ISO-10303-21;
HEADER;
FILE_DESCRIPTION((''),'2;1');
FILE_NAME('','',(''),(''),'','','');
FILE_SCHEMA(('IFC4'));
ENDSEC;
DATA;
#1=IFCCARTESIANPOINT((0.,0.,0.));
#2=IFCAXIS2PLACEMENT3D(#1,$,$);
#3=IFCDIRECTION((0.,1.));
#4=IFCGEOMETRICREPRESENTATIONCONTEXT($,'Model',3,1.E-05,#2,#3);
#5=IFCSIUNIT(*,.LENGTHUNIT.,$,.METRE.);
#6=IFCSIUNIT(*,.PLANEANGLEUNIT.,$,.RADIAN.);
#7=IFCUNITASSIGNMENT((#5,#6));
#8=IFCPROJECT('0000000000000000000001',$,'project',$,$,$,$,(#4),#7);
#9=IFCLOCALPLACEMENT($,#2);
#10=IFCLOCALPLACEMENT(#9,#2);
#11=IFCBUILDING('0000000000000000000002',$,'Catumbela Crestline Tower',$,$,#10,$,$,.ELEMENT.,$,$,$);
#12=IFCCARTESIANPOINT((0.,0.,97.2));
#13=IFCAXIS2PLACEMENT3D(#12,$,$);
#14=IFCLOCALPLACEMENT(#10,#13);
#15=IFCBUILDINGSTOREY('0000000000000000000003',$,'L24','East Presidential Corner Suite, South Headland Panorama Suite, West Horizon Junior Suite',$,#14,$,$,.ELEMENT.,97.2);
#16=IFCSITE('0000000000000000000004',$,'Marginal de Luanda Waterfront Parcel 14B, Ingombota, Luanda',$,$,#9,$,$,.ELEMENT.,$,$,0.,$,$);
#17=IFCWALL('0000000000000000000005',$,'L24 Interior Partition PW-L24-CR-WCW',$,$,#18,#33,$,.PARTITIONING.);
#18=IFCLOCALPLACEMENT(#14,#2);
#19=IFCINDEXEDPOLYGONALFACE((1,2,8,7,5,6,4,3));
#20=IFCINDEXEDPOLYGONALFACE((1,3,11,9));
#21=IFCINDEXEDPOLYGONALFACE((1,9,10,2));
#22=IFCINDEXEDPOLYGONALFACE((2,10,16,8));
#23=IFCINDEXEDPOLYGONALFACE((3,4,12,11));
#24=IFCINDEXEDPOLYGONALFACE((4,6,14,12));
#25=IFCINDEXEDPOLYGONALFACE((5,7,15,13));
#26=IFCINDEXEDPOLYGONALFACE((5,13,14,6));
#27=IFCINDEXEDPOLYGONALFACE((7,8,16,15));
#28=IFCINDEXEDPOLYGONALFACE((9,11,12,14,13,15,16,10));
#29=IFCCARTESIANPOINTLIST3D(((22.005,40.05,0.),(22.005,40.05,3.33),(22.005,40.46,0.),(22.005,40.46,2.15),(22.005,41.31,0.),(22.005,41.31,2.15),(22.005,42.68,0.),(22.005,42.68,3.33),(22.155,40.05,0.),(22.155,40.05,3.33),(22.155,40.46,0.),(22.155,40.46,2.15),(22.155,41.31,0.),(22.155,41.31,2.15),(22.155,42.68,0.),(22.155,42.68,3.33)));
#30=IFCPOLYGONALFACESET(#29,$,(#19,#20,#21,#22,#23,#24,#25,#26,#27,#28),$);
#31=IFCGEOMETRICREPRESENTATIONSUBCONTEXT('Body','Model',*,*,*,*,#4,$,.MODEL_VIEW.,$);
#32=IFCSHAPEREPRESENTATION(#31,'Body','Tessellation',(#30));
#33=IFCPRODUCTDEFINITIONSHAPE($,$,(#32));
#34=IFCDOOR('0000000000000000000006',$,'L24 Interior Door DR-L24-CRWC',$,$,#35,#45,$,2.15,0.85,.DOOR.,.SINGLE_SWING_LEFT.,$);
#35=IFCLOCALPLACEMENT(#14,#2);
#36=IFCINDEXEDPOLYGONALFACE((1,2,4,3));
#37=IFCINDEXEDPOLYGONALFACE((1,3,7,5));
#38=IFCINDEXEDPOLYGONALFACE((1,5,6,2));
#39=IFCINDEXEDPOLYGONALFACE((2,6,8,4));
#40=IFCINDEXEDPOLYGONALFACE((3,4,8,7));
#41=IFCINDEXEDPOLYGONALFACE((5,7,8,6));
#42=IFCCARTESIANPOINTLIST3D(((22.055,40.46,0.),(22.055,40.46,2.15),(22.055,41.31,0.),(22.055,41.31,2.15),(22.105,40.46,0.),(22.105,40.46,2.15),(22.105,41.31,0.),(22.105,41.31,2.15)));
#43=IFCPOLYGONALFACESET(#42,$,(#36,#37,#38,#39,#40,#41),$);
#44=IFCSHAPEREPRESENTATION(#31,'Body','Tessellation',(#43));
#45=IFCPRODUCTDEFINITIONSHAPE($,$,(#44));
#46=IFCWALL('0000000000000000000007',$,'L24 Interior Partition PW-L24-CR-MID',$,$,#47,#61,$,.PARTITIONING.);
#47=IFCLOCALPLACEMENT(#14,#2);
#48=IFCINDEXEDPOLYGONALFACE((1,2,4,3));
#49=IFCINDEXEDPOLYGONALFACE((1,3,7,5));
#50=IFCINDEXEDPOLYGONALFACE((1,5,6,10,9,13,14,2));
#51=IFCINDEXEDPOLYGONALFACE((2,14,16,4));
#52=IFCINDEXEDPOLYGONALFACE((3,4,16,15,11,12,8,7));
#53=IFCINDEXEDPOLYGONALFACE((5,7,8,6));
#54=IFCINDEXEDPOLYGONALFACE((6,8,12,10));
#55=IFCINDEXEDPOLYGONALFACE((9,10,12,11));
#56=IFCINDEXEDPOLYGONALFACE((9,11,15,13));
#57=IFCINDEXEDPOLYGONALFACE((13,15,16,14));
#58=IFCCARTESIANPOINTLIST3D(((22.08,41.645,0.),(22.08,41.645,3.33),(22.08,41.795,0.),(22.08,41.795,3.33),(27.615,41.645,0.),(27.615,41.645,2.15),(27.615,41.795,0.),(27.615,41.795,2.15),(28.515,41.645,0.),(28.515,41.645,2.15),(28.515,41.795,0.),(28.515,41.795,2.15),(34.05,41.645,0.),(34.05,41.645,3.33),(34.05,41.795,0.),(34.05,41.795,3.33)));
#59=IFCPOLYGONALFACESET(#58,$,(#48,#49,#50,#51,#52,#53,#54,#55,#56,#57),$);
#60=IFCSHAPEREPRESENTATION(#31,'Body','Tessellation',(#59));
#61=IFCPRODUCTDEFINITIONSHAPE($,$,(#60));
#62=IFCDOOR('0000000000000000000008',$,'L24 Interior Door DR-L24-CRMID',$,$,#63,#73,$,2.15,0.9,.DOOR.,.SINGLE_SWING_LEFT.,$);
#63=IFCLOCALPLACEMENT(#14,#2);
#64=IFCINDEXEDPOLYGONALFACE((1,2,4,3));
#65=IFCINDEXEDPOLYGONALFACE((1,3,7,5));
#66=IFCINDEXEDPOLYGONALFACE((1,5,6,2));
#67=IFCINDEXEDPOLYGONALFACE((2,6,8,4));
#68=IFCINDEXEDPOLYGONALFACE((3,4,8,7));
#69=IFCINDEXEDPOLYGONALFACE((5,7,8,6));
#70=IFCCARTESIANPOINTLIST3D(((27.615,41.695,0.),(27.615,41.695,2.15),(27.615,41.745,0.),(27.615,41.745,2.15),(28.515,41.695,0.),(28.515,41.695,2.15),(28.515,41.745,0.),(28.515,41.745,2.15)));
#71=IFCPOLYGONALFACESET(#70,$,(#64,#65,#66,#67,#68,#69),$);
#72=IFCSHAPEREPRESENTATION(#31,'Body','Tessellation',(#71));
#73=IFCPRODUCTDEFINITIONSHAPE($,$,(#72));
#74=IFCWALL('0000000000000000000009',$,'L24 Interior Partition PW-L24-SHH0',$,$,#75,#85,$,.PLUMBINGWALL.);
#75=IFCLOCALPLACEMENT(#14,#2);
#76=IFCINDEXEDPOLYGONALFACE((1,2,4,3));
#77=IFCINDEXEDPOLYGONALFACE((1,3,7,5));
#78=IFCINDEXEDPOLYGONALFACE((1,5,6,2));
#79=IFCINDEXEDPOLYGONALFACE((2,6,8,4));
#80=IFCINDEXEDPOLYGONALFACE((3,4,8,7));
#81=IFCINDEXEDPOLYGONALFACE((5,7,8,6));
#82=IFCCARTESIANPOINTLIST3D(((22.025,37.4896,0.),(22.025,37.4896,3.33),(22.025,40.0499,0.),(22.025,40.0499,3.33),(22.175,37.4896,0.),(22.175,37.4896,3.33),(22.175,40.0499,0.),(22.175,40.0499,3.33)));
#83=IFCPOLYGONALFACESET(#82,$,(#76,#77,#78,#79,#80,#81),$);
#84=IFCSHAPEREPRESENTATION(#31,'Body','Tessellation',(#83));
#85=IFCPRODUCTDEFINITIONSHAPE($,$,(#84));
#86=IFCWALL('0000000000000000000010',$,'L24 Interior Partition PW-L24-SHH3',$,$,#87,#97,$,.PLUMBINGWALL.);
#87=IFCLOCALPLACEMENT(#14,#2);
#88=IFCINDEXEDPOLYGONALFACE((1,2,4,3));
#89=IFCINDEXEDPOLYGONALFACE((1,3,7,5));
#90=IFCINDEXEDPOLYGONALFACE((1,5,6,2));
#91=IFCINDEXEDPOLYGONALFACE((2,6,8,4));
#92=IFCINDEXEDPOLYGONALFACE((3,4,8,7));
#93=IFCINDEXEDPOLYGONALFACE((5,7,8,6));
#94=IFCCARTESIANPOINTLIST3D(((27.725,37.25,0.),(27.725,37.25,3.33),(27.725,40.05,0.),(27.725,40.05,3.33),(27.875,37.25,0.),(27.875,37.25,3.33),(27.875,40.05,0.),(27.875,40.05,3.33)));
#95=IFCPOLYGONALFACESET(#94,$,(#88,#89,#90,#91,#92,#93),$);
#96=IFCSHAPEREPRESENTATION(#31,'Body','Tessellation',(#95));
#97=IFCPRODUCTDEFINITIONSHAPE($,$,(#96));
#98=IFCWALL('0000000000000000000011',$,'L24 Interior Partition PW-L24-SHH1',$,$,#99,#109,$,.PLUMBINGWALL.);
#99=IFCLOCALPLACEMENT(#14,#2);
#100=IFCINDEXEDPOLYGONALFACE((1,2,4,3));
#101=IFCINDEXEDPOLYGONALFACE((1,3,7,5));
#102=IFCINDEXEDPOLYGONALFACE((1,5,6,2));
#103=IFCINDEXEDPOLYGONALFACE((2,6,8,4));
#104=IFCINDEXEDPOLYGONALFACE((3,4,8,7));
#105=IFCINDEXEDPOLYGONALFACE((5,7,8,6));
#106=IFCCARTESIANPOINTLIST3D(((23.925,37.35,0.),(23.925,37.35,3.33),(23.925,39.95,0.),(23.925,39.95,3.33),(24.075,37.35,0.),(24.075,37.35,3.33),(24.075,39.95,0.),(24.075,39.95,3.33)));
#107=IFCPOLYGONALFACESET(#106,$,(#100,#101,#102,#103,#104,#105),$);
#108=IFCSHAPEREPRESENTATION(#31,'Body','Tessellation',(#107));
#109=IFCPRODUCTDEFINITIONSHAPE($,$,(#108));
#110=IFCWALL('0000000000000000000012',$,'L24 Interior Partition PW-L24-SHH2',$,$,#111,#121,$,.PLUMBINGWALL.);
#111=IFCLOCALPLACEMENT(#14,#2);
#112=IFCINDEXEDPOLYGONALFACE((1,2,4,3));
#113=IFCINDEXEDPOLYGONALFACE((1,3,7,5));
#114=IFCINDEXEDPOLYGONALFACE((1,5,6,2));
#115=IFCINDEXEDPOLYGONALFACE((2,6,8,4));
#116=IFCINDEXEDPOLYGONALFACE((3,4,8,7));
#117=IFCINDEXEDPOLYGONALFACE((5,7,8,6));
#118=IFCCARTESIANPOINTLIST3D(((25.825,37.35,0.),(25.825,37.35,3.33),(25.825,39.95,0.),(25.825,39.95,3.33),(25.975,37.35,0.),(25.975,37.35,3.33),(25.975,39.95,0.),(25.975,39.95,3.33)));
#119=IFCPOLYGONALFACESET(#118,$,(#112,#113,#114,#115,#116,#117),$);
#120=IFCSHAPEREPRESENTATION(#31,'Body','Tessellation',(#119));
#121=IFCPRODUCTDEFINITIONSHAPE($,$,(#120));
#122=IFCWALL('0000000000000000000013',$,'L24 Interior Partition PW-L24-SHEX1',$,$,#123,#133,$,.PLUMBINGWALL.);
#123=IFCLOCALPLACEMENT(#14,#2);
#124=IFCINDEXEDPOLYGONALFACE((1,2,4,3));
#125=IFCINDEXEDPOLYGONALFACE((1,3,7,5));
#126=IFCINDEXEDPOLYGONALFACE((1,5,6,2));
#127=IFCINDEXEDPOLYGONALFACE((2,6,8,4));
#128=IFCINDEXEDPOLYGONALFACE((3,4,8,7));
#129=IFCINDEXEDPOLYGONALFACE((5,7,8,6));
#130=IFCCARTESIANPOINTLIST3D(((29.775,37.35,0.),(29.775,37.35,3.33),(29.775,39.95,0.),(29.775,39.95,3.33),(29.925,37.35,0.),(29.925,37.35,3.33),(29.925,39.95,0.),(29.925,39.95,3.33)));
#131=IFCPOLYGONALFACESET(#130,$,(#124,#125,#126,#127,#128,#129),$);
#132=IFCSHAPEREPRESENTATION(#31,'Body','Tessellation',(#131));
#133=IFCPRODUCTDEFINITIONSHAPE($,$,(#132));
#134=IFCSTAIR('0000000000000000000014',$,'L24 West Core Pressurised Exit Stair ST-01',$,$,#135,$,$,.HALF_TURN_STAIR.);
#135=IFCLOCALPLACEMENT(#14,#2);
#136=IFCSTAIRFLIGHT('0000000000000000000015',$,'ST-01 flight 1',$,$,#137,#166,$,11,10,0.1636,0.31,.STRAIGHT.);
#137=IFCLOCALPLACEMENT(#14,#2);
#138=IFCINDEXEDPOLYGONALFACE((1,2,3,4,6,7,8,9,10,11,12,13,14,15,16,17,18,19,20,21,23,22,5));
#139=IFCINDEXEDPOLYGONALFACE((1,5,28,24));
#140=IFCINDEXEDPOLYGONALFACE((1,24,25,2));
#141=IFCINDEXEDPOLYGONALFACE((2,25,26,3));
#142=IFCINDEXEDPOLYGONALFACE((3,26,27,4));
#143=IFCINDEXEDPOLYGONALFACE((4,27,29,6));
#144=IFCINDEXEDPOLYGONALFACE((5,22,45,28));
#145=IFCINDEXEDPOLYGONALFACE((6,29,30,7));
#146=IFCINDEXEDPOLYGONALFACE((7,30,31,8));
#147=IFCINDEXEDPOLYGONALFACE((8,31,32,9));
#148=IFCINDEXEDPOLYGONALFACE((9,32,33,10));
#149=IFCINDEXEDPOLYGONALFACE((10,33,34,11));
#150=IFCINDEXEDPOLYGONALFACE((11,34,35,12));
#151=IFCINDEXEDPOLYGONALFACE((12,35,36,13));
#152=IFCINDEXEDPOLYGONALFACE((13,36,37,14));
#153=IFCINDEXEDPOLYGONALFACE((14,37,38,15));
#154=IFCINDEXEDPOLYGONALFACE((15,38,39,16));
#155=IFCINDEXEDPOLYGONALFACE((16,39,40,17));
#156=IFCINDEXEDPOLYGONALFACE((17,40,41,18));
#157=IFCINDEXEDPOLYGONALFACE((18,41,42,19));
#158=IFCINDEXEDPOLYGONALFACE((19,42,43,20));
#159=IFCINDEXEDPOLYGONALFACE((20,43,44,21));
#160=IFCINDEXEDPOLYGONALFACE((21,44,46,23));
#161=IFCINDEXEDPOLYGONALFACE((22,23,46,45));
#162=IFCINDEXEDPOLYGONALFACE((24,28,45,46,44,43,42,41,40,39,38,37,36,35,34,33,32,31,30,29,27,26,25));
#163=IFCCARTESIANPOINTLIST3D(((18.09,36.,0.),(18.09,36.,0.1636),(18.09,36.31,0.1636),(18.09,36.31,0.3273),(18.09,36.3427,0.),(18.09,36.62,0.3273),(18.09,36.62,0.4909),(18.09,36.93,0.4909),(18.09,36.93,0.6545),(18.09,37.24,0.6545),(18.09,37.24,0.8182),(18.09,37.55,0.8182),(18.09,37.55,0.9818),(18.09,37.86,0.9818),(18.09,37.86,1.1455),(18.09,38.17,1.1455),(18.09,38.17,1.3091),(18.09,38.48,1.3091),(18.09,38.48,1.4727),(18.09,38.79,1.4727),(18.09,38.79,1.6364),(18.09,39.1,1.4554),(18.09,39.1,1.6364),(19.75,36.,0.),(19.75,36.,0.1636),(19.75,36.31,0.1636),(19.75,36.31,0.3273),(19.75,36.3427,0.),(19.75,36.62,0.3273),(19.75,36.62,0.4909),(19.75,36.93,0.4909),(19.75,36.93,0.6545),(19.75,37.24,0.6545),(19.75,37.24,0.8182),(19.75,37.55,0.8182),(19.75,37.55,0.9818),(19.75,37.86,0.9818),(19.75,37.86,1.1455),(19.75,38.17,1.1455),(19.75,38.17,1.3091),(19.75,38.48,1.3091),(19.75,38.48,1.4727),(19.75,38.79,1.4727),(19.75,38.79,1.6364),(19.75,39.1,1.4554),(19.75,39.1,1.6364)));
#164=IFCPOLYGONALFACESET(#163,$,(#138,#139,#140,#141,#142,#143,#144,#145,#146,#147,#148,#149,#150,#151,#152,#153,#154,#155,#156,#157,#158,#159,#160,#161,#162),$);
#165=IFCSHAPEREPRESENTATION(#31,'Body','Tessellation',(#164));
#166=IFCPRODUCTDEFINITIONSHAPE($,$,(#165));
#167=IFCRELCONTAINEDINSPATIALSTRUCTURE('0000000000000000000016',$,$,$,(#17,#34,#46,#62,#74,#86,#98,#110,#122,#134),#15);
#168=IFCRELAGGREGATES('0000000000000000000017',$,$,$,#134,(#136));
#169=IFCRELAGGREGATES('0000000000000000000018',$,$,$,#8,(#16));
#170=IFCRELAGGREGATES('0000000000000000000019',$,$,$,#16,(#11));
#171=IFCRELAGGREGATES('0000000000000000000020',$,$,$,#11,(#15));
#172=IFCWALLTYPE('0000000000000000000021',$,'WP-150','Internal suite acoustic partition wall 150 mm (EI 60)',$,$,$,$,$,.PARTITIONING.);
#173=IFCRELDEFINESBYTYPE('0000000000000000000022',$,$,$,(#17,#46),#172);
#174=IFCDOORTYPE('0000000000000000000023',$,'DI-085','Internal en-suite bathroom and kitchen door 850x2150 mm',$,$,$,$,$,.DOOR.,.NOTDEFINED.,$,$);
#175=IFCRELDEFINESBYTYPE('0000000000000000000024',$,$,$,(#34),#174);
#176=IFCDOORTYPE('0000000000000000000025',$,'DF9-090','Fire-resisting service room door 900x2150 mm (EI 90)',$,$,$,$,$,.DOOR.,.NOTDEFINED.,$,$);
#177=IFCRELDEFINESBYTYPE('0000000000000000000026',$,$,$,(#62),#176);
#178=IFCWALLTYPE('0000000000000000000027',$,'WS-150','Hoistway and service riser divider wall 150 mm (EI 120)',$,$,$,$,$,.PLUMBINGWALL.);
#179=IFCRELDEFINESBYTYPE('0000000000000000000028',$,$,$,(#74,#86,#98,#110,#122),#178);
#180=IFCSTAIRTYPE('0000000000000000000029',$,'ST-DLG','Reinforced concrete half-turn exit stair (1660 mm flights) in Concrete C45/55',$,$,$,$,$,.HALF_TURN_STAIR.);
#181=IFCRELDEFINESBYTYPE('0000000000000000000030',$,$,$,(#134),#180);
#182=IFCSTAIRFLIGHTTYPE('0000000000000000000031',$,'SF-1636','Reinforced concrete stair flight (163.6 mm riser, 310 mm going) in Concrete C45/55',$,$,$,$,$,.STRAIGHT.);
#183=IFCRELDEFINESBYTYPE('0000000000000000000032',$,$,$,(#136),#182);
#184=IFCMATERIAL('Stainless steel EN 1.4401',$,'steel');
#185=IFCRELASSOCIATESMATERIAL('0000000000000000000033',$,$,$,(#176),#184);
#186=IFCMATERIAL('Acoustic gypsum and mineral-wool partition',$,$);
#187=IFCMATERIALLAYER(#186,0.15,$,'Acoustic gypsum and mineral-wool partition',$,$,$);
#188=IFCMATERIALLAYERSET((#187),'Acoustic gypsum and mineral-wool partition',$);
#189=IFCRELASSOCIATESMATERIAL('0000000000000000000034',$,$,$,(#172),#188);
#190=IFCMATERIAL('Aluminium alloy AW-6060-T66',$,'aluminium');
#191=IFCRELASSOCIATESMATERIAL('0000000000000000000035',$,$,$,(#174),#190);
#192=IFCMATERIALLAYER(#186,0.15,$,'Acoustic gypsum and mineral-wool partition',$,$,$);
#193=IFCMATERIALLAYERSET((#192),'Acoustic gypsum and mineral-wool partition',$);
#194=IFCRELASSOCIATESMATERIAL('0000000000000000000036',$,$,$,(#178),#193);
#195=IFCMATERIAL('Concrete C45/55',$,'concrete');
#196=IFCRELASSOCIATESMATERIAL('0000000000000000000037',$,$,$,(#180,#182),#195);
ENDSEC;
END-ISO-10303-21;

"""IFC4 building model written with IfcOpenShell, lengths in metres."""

from ifc_helpers import new_model, si_unit, direction, frame, frame_2d, origin, place, context, subcontext, project, spatial, polyline, rectangle, outline, extrude, material, layer, layer_set, type_object, element, fill, aggregate, save


model = new_model("IFC4")

# Units and contexts
model_context = context("Model", 3, precision=1e-05, world=origin(), true_north=direction((0.0, 1.0)))
body_context = subcontext(model_context, "Body", "Model", "MODEL_VIEW")
ifc_project = project(units=[si_unit("LENGTHUNIT", "METRE"), si_unit("PLANEANGLEUNIT", "RADIAN")], contexts=[model_context])

# Site, building, storey
site_placement = place(None, origin())
site = spatial("IfcSite", under=ifc_project, at=site_placement, Name="Marginal de Luanda Waterfront Parcel 14B, Ingombota, Luanda", CompositionType="ELEMENT", RefElevation=0.0)
building_placement = place(site_placement, origin())
building = spatial("IfcBuilding", under=site, at=building_placement, Name="Catumbela Crestline Tower", CompositionType="ELEMENT")
storey_placement = place(building_placement, frame((0.0, 0.0, 97.2)))
storey = spatial("IfcBuildingStorey", under=building, at=storey_placement, Name="L24", Description="East Presidential Corner Suite, South Headland Panorama Suite, West Horizon Junior Suite", CompositionType="ELEMENT", Elevation=97.2)

# Shared definitions
ifc_material_1 = material(Name="Aluminium alloy AW-6060-T66", Category="aluminium")

# Shared definitions
ifc_material_2 = material(Name="Stainless steel EN 1.4401", Category="steel")

# Shared definitions
door_type_1 = type_object("IfcDoorType", Name="DF9-090", Description="Fire-resisting service room door 900x2150 mm (EI 90)", OperationType="NOTDEFINED", PredefinedType="DOOR", material=ifc_material_2)

# Walls, openings, doors
ifc_material_3 = material(Name="Acoustic gypsum and mineral-wool partition")
ifc_layer_1 = layer(ifc_material_3, 0.15, Name="Acoustic gypsum and mineral-wool partition")
ifc_layer_set_1 = layer_set([ifc_layer_1], Name="Acoustic gypsum and mineral-wool partition")
wall_type_1 = type_object("IfcWallType", Name="WP-150", Description="Internal suite acoustic partition wall 150 mm (EI 60)", PredefinedType="PARTITIONING", material=ifc_layer_set_1)
wall_1_placement = place(storey_placement, frame((22.08, 40.05, 0.0), z_axis=(0.0, 0.0, 1.0), x_axis=(0.0, 1.0, 0.0)))
wall_1 = element("IfcWall", 1, at=wall_1_placement, inside=storey, type_object=wall_type_1, Name="L24 Interior Partition PW-L24-CR-WCW", PredefinedType="PARTITIONING", context=body_context, shape_type="SweptSolid", body=[
    extrude(rectangle(XDim=2.63, YDim=0.15, at=frame_2d((1.315, 0.0))), origin(), (0.0, 0.0, 1.0), 3.33),
])
opening_1_placement = place(wall_1_placement, frame((0.41, 0.0, 0.0)))
opening_1 = element("IfcOpeningElement", 2, at=opening_1_placement, cuts=wall_1, PredefinedType="OPENING", context=body_context, shape_type="SweptSolid", body=[
    extrude(rectangle(XDim=0.85, YDim=2.15, at=frame_2d((0.425, 1.075))), frame((0.0, 0.085, 0.0), z_axis=(0.0, -1.0, 0.0), x_axis=(1.0, 0.0, 0.0)), (0.0, 0.0, 1.0), 0.17),
])
door_type_2 = type_object("IfcDoorType", Name="DI-085", Description="Internal en-suite bathroom and kitchen door 850x2150 mm", OperationType="NOTDEFINED", PredefinedType="DOOR", material=ifc_material_1)
door_1_placement = place(opening_1_placement, origin())
door_1 = element("IfcDoor", 3, at=door_1_placement, inside=storey, type_object=door_type_2, Name="L24 Interior Door DR-L24-CRWC", OperationType="SINGLE_SWING_LEFT", OverallHeight=2.15, OverallWidth=0.85, PredefinedType="DOOR", context=body_context, shape_type="SweptSolid", body=[
    extrude(rectangle(XDim=0.85, YDim=2.15, at=frame_2d((0.425, 1.075))), frame((0.0, 0.025, 0.0), z_axis=(0.0, -1.0, 0.0), x_axis=(1.0, 0.0, 0.0)), (0.0, 0.0, 1.0), 0.05),
])
fill(opening_1, door_1)
wall_2_placement = place(storey_placement, frame((22.08, 41.72, 0.0), z_axis=(0.0, 0.0, 1.0), x_axis=(1.0, 0.0, 0.0)))
wall_2 = element("IfcWall", 4, at=wall_2_placement, inside=storey, type_object=wall_type_1, Name="L24 Interior Partition PW-L24-CR-MID", PredefinedType="PARTITIONING", context=body_context, shape_type="SweptSolid", body=[
    extrude(rectangle(XDim=11.97, YDim=0.15, at=frame_2d((5.985, 0.0))), origin(), (0.0, 0.0, 1.0), 3.33),
])
opening_2_placement = place(wall_2_placement, frame((5.535, 0.0, 0.0)))
opening_2 = element("IfcOpeningElement", 5, at=opening_2_placement, cuts=wall_2, PredefinedType="OPENING", context=body_context, shape_type="SweptSolid", body=[
    extrude(rectangle(XDim=0.9, YDim=2.15, at=frame_2d((0.45, 1.075))), frame((0.0, 0.085, 0.0), z_axis=(0.0, -1.0, 0.0), x_axis=(1.0, 0.0, 0.0)), (0.0, 0.0, 1.0), 0.17),
])
door_2_placement = place(opening_2_placement, origin())
door_2 = element("IfcDoor", 6, at=door_2_placement, inside=storey, type_object=door_type_1, Name="L24 Interior Door DR-L24-CRMID", OperationType="SINGLE_SWING_LEFT", OverallHeight=2.15, OverallWidth=0.9, PredefinedType="DOOR", context=body_context, shape_type="SweptSolid", body=[
    extrude(rectangle(XDim=0.9, YDim=2.15, at=frame_2d((0.45, 1.075))), frame((0.0, 0.025, 0.0), z_axis=(0.0, -1.0, 0.0), x_axis=(1.0, 0.0, 0.0)), (0.0, 0.0, 1.0), 0.05),
])
fill(opening_2, door_2)

# Walls
ifc_layer_2 = layer(ifc_material_3, 0.15, Name="Acoustic gypsum and mineral-wool partition")
ifc_layer_set_2 = layer_set([ifc_layer_2], Name="Acoustic gypsum and mineral-wool partition")
wall_type_2 = type_object("IfcWallType", Name="WS-150", Description="Hoistway and service riser divider wall 150 mm (EI 120)", PredefinedType="PLUMBINGWALL", material=ifc_layer_set_2)
wall_3_placement = place(storey_placement, frame((22.1, 37.4897, 0.0), z_axis=(0.0, 0.0, 1.0), x_axis=(0.0, 1.0, 0.0)))
element("IfcWall", 7, at=wall_3_placement, inside=storey, type_object=wall_type_2, Name="L24 Interior Partition PW-L24-SHH0", PredefinedType="PLUMBINGWALL", context=body_context, shape_type="SweptSolid", body=[
    extrude(rectangle(XDim=2.5603, YDim=0.15, at=frame_2d((1.2801, 0.0))), origin(), (0.0, 0.0, 1.0), 3.33),
])
wall_4_placement = place(storey_placement, frame((27.8, 37.25, 0.0), z_axis=(0.0, 0.0, 1.0), x_axis=(0.0, 1.0, 0.0)))
element("IfcWall", 8, at=wall_4_placement, inside=storey, type_object=wall_type_2, Name="L24 Interior Partition PW-L24-SHH3", PredefinedType="PLUMBINGWALL", context=body_context, shape_type="SweptSolid", body=[
    extrude(rectangle(XDim=2.8, YDim=0.15, at=frame_2d((1.4, 0.0))), origin(), (0.0, 0.0, 1.0), 3.33),
])
for number, where, z_axis, x_axis, name in (
    (9, (24.0, 37.35, 0.0), (0.0, 0.0, 1.0), (0.0, 1.0, 0.0), "L24 Interior Partition PW-L24-SHH1"),
    (10, (25.9, 37.35, 0.0), (0.0, 0.0, 1.0), (0.0, 1.0, 0.0), "L24 Interior Partition PW-L24-SHH2"),
    (11, (29.85, 37.35, 0.0), (0.0, 0.0, 1.0), (0.0, 1.0, 0.0), "L24 Interior Partition PW-L24-SHEX1"),
):
    element("IfcWall", number, at=place(storey_placement, frame(where, z_axis=z_axis, x_axis=x_axis)), inside=storey, type_object=wall_type_2, Name=name, PredefinedType="PLUMBINGWALL", context=body_context, shape_type="SweptSolid", body=[
        extrude(rectangle(XDim=2.6, YDim=0.15, at=frame_2d((1.3, 0.0))), origin(), (0.0, 0.0, 1.0), 3.33),
    ])

# Stair, stair flight
ifc_material_4 = material(Name="Concrete C45/55", Category="concrete")
stair_type = type_object("IfcStairType", Name="ST-DLG", Description="Reinforced concrete half-turn exit stair (1660 mm flights) in Concrete C45/55", PredefinedType="HALF_TURN_STAIR", material=ifc_material_4)
stair_placement = place(storey_placement, origin())
stair = element("IfcStair", 12, at=stair_placement, inside=storey, type_object=stair_type, Name="L24 West Core Pressurised Exit Stair ST-01", PredefinedType="HALF_TURN_STAIR")
stair_flight_type = type_object("IfcStairFlightType", Name="SF-1636", Description="Reinforced concrete stair flight (163.6 mm riser, 310 mm going) in Concrete C45/55", PredefinedType="STRAIGHT", material=ifc_material_4)
stair_flight_placement = place(storey_placement, frame((18.92, 36.0, 0.0), z_axis=(0.0, 0.0, 1.0), x_axis=(0.0, 1.0, 0.0)))
stair_flight = element("IfcStairFlight", 13, at=stair_flight_placement, type_object=stair_flight_type, Name="ST-01 flight 1", NumberOfRisers=11, NumberOfTreads=10, PredefinedType="STRAIGHT", RiserHeight=0.1636, TreadLength=0.31, context=body_context, shape_type="SweptSolid", body=[
    extrude(outline(polyline([(0.0, 0.0), (0.0, 0.1636), (0.31, 0.1636), (0.31, 0.3273), (0.62, 0.3273), (0.62, 0.4909), (0.93, 0.4909), (0.93, 0.6545), (1.24, 0.6545), (1.24, 0.8182), (1.55, 0.8182), (1.55, 0.9818), (1.86, 0.9818), (1.86, 1.1455), (2.17, 1.1455), (2.17, 1.3091), (2.48, 1.3091), (2.48, 1.4727), (2.79, 1.4727), (2.79, 1.6364), (3.1, 1.6364), (3.1, 1.8), (3.1, 1.4554), (0.3427, 0.0), (0.0, 0.0)])), frame((0.0, 0.83, 0.0), z_axis=(0.0, -1.0, 0.0), x_axis=(1.0, 0.0, 0.0)), (0.0, 0.0, 1.0), 1.66),
])
aggregate(stair, [stair_flight])

save(model, "model.ifc")
